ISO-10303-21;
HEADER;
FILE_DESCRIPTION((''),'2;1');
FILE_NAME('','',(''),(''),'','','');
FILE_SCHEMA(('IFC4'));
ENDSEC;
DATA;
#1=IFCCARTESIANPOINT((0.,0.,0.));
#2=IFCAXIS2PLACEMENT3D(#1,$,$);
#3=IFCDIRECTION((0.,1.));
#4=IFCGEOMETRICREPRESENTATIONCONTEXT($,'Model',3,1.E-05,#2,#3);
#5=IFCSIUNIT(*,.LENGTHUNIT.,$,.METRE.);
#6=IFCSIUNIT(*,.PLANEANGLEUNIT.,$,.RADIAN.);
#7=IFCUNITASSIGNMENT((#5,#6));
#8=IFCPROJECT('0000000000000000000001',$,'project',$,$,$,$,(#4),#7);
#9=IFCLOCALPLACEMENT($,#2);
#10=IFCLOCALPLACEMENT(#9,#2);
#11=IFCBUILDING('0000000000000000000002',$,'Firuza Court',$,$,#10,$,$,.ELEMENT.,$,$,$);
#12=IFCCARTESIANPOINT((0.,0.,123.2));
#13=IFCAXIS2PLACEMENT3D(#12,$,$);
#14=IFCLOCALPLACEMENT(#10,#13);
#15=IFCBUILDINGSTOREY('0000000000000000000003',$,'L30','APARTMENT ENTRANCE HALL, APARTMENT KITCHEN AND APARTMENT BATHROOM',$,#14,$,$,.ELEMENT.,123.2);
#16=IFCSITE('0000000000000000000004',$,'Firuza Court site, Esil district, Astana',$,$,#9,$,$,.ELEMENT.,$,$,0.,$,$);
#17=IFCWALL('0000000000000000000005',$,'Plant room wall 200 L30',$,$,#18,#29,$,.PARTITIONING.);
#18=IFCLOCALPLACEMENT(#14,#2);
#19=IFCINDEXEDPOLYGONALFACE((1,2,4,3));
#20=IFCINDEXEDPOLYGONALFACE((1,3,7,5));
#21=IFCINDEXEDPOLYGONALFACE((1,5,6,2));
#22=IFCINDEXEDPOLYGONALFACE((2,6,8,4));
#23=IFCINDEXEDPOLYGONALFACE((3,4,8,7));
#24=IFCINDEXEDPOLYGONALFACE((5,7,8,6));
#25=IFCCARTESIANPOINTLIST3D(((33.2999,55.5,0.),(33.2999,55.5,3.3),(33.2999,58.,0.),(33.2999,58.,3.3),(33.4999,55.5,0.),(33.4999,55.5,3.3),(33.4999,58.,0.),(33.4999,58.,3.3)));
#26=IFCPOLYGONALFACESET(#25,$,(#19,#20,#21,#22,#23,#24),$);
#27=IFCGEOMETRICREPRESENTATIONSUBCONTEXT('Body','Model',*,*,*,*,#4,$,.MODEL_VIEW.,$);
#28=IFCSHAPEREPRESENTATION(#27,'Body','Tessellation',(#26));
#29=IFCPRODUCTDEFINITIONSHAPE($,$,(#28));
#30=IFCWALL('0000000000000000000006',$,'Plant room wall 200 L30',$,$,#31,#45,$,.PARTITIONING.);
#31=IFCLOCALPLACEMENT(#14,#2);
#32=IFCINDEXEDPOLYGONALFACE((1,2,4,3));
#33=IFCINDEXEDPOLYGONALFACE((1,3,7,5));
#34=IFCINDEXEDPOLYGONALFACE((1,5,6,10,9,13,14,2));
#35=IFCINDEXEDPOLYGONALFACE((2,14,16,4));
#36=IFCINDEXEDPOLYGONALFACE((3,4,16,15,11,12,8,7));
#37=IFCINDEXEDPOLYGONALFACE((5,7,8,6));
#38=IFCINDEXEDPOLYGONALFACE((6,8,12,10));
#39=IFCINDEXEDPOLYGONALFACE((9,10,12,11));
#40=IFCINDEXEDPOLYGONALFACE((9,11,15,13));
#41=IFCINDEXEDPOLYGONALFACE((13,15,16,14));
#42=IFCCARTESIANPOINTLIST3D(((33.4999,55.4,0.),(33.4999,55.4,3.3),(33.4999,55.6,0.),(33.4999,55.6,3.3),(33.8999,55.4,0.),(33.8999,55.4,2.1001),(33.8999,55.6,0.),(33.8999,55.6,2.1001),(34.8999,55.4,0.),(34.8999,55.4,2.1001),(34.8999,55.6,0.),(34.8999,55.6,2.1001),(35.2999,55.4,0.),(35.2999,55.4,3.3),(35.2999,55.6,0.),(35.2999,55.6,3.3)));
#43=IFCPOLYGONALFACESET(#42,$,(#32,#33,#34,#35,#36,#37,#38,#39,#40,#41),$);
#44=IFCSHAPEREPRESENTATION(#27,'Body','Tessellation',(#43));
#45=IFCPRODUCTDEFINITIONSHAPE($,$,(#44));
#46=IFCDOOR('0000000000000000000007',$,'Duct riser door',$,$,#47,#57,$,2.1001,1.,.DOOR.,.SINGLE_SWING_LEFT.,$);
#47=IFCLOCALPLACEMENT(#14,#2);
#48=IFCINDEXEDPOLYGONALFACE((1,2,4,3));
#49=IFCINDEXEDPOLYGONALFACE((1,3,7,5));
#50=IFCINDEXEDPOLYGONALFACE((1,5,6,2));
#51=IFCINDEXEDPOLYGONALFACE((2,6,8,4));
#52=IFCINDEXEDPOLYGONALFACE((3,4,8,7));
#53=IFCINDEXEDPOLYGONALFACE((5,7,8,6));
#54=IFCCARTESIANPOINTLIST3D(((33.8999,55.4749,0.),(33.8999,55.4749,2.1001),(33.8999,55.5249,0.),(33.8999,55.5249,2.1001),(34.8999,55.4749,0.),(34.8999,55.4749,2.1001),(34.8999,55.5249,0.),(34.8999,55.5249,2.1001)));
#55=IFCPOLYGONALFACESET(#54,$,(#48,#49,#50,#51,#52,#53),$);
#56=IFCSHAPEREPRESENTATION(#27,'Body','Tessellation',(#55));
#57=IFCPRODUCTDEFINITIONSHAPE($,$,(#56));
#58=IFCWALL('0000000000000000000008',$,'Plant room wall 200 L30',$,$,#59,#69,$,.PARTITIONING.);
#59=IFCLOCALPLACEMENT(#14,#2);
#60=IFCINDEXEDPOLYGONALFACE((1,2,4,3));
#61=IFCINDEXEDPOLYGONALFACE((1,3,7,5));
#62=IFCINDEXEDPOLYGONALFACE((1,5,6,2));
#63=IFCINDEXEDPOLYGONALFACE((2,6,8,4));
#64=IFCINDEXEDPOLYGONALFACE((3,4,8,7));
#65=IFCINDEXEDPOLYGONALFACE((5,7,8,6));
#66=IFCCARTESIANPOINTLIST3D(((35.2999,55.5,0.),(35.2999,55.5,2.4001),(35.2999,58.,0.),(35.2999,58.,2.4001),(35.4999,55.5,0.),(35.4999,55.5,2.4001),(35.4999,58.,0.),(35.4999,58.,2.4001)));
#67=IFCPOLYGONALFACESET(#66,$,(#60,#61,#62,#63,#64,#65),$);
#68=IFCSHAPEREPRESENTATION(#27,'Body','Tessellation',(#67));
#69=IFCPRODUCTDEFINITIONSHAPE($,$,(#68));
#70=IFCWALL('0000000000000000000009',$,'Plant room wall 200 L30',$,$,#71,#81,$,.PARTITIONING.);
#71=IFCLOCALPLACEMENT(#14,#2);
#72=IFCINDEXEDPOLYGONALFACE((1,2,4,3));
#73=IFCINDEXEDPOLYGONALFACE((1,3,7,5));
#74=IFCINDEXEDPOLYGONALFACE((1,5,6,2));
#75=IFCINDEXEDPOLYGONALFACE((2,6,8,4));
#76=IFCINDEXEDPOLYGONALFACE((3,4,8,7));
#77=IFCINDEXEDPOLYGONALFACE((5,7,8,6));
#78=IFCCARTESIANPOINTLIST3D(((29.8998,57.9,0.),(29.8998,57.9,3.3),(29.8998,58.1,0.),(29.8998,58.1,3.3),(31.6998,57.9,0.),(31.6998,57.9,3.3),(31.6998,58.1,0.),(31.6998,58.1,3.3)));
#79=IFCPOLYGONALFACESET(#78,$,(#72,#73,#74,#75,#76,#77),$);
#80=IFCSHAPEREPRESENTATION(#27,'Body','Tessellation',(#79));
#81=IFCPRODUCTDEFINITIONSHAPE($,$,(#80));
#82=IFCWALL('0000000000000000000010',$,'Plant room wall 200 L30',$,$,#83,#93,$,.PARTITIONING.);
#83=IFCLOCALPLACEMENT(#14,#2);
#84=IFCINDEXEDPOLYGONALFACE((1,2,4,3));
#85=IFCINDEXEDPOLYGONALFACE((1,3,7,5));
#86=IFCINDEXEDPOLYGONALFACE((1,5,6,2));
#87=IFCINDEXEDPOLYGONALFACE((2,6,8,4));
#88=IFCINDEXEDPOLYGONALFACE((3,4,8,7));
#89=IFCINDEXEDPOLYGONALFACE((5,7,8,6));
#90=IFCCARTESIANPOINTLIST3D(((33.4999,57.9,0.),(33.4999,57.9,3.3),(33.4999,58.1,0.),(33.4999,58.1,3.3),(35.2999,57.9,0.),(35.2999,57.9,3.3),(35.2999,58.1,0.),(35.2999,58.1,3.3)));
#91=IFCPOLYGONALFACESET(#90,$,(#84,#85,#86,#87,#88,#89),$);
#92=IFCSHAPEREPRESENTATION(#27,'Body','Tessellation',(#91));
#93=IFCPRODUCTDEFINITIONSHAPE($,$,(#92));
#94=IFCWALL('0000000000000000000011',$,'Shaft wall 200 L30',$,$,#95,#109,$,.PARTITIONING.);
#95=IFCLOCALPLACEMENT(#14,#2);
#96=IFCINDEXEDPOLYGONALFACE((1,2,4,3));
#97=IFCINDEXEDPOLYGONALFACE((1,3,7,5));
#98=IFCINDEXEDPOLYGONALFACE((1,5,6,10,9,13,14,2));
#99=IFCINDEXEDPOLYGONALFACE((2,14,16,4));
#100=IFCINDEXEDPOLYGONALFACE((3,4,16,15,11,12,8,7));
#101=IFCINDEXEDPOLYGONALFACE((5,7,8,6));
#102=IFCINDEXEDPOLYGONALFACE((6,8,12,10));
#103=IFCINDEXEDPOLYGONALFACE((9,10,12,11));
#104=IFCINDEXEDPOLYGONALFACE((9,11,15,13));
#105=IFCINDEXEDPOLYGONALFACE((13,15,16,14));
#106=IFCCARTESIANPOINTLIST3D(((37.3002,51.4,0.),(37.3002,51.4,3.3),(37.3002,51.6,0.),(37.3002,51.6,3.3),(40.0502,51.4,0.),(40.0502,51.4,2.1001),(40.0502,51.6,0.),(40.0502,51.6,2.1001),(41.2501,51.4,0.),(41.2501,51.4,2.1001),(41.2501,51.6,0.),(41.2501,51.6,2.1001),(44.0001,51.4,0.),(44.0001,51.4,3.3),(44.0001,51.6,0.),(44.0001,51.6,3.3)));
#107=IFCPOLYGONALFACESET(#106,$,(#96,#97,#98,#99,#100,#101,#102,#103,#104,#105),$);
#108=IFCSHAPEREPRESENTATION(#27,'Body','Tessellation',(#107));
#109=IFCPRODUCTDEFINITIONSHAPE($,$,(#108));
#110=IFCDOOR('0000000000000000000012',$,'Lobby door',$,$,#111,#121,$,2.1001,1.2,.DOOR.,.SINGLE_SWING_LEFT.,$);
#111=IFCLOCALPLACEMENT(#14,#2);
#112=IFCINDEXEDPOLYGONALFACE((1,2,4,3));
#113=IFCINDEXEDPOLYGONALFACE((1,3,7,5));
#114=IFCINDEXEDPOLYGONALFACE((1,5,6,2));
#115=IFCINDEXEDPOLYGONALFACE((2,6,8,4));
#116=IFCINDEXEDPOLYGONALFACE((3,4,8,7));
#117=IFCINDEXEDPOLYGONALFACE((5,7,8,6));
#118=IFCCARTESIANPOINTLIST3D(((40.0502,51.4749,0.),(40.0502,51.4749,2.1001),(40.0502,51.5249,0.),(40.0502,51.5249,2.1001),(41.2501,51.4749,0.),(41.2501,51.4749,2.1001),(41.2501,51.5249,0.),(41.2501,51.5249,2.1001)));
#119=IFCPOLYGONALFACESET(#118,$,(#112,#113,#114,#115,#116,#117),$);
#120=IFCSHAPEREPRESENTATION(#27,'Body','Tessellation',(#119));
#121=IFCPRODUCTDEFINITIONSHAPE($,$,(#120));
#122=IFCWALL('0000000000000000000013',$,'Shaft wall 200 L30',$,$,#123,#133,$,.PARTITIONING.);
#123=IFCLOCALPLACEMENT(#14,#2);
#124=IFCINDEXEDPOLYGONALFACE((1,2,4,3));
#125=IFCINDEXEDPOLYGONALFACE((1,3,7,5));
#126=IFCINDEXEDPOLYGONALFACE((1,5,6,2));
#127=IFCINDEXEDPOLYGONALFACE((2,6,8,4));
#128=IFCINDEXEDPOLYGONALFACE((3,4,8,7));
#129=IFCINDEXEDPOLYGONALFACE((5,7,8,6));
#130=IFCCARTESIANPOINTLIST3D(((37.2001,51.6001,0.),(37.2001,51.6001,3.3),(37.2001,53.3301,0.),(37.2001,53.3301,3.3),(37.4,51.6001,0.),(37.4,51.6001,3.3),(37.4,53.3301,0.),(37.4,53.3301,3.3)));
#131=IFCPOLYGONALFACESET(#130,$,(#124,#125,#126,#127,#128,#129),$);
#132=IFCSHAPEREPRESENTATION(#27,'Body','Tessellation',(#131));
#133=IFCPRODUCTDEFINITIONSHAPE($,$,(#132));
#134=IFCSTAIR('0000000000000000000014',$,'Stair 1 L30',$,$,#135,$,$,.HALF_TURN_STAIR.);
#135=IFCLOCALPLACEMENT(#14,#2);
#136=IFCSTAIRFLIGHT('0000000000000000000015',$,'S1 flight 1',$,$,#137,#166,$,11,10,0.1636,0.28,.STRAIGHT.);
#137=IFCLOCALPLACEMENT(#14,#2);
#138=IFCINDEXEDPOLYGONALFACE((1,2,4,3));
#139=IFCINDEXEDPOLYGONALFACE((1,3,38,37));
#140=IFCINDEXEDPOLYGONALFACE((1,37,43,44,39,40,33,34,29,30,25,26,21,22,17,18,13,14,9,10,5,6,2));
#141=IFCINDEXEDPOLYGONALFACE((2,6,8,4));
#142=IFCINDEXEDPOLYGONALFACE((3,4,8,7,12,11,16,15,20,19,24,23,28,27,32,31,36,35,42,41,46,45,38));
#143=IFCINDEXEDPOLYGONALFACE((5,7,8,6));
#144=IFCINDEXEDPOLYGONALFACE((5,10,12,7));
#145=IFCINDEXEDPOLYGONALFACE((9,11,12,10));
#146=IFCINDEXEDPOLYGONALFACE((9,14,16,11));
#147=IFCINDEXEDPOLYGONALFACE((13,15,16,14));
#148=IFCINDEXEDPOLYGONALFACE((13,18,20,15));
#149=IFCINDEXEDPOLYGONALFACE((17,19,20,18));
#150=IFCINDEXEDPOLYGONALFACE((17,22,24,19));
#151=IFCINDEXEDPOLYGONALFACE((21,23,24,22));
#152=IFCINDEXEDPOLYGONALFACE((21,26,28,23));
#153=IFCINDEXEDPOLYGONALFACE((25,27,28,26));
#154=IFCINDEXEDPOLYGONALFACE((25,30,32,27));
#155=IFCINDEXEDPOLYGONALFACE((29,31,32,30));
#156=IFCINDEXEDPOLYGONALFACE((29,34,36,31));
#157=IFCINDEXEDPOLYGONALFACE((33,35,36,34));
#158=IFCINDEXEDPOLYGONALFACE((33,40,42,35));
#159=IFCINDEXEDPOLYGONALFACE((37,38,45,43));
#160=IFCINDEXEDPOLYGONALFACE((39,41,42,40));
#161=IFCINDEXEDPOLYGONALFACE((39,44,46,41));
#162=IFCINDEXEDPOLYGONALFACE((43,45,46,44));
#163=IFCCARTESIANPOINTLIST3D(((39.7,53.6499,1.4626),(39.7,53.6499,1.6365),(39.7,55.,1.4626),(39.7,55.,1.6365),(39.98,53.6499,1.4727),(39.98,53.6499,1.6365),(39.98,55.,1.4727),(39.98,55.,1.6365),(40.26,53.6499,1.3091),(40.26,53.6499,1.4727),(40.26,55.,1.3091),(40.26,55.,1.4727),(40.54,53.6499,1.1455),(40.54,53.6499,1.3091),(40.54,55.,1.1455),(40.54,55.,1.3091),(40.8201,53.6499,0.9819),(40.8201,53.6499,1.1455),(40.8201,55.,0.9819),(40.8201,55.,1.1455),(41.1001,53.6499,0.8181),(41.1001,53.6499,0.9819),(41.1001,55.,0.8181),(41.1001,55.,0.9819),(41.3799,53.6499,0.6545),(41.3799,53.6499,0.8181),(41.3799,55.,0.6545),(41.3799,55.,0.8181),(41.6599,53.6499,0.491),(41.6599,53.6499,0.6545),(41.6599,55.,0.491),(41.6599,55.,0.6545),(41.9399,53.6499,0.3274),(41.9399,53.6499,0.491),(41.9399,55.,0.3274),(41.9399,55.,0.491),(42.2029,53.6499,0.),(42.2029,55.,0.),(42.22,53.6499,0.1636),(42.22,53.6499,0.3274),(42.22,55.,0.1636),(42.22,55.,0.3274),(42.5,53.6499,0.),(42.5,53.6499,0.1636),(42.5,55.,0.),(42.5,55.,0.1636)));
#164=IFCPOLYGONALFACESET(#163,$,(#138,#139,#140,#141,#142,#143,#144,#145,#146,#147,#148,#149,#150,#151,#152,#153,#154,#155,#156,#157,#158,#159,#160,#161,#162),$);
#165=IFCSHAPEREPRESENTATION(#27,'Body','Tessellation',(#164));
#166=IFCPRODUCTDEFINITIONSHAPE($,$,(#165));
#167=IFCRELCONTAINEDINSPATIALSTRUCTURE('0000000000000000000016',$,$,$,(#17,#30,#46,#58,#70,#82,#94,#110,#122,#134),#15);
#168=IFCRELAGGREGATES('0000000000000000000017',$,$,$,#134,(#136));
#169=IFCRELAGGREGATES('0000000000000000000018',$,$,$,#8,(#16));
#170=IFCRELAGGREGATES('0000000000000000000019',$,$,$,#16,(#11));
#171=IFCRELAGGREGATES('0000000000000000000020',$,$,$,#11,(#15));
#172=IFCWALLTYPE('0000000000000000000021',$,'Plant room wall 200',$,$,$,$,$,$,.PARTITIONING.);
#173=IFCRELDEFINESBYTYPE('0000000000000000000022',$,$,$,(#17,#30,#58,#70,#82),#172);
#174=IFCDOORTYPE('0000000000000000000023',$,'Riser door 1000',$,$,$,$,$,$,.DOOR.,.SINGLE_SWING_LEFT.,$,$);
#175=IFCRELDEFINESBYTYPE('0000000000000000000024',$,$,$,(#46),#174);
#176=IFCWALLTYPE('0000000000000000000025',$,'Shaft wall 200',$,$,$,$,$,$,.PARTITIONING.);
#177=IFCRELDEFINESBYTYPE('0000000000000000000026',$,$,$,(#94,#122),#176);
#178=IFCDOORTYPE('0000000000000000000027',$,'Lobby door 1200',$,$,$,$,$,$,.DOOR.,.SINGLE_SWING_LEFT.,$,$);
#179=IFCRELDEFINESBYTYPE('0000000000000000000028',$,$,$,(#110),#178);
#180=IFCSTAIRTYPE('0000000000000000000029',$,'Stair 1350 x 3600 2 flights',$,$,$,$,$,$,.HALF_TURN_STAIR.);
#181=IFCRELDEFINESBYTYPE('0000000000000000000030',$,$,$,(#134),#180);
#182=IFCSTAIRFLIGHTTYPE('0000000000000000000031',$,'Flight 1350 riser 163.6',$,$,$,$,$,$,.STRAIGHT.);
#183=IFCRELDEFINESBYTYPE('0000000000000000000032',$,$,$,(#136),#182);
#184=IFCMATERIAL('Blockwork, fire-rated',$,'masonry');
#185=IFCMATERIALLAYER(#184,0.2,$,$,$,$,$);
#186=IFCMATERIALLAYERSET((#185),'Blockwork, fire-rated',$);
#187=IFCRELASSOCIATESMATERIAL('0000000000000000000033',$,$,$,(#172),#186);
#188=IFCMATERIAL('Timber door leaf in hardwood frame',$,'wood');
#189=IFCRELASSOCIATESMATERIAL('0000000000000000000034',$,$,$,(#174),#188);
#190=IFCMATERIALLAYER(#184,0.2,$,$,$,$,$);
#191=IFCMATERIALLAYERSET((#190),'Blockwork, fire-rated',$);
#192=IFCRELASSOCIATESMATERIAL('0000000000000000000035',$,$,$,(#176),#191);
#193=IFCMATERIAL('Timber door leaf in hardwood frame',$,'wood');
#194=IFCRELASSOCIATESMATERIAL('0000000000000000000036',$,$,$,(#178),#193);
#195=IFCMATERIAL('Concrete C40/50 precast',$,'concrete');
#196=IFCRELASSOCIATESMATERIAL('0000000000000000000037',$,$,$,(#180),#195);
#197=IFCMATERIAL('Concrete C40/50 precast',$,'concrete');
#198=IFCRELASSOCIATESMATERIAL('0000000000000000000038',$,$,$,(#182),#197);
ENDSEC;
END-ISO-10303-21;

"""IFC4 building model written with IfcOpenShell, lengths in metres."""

from ifc_helpers import new_model, si_unit, direction, frame, frame_2d, origin, place, context, subcontext, project, spatial, polyline, rectangle, outline, extrude, material, layer, layer_set, type_object, element, fill, aggregate, save


model = new_model("IFC4")

# Units and contexts
model_context = context("Model", 3, precision=1e-05, world=origin(), true_north=direction((0.0, 1.0)))
body_context = subcontext(model_context, "Body", "Model", "MODEL_VIEW")
ifc_project = project(units=[si_unit("LENGTHUNIT", "METRE"), si_unit("PLANEANGLEUNIT", "RADIAN")], contexts=[model_context])

# Site, building, storey
site_placement = place(None, origin())
site = spatial("IfcSite", under=ifc_project, at=site_placement, Name="Firuza Court site, Esil district, Astana", CompositionType="ELEMENT", RefElevation=0.0)
building_placement = place(site_placement, origin())
building = spatial("IfcBuilding", under=site, at=building_placement, Name="Firuza Court", CompositionType="ELEMENT")
storey_placement = place(building_placement, frame((0.0, 0.0, 123.2)))
storey = spatial("IfcBuildingStorey", under=building, at=storey_placement, Name="L30", Description="APARTMENT ENTRANCE HALL, APARTMENT KITCHEN AND APARTMENT BATHROOM", CompositionType="ELEMENT", Elevation=123.2)

# Wall
ifc_material_1 = material(Name="Blockwork, fire-rated", Category="masonry")
ifc_layer_1 = layer(ifc_material_1, 0.2)
ifc_layer_set_1 = layer_set([ifc_layer_1], Name="Blockwork, fire-rated")
wall_type_1 = type_object("IfcWallType", Name="Plant room wall 200", PredefinedType="PARTITIONING", material=ifc_layer_set_1)
for number, where, z_axis, x_axis, name in (
    (1, (33.3999, 55.5, 0.0), (0.0, 0.0, 1.0), (0.0, 1.0, 0.0), "Plant room wall 200 L30"),
):
    element("IfcWall", number, at=place(storey_placement, frame(where, z_axis=z_axis, x_axis=x_axis)), inside=storey, type_object=wall_type_1, Name=name, PredefinedType="PARTITIONING", context=body_context, shape_type="SweptSolid", body=[
        extrude(rectangle(XDim=2.5, YDim=0.2, at=frame_2d((1.25, 0.0))), origin(), (0.0, 0.0, 1.0), 3.3),
    ])

# Wall, opening, door
wall_1_placement = place(storey_placement, frame((33.5, 55.5, 0.0), z_axis=(0.0, 0.0, 1.0), x_axis=(1.0, 0.0, 0.0)))
wall_1 = element("IfcWall", 2, at=wall_1_placement, inside=storey, type_object=wall_type_1, Name="Plant room wall 200 L30", PredefinedType="PARTITIONING", context=body_context, shape_type="SweptSolid", body=[
    extrude(rectangle(XDim=1.8, YDim=0.2, at=frame_2d((0.8999, 0.0))), origin(), (0.0, 0.0, 1.0), 3.3),
])
opening_1_placement = place(wall_1_placement, frame((0.3999, 0.0, 0.0)))
opening_1 = element("IfcOpeningElement", 3, at=opening_1_placement, cuts=wall_1, PredefinedType="OPENING", context=body_context, shape_type="SweptSolid", body=[
    extrude(rectangle(XDim=1.0, YDim=2.1001, at=frame_2d((0.5, 1.05))), frame((0.0, 0.1118, 0.0), z_axis=(0.0, -1.0, 0.0), x_axis=(1.0, 0.0, 0.0)), (0.0, 0.0, 1.0), 0.2239),
])
ifc_material_2 = material(Name="Timber door leaf in hardwood frame", Category="wood")
door_type_1 = type_object("IfcDoorType", Name="Riser door 1000", OperationType="SINGLE_SWING_LEFT", PredefinedType="DOOR", material=ifc_material_2)
door_1_placement = place(opening_1_placement, origin())
door_1 = element("IfcDoor", 4, at=door_1_placement, inside=storey, type_object=door_type_1, Name="Duct riser door", OperationType="SINGLE_SWING_LEFT", OverallHeight=2.1001, OverallWidth=1.0, PredefinedType="DOOR", context=body_context, shape_type="SweptSolid", body=[
    extrude(rectangle(XDim=1.0, YDim=2.1001, at=frame_2d((0.5, 1.05))), frame((0.0, 0.0249, 0.0), z_axis=(0.0, -1.0, 0.0), x_axis=(1.0, 0.0, 0.0)), (0.0, 0.0, 1.0), 0.05),
])
fill(opening_1, door_1)

# Walls
wall_2_placement = place(storey_placement, frame((35.3999, 55.5, 0.0), z_axis=(0.0, 0.0, 1.0), x_axis=(0.0, 1.0, 0.0)))
element("IfcWall", 5, at=wall_2_placement, inside=storey, type_object=wall_type_1, Name="Plant room wall 200 L30", PredefinedType="PARTITIONING", context=body_context, shape_type="SweptSolid", body=[
    extrude(rectangle(XDim=2.5, YDim=0.2, at=frame_2d((1.25, 0.0))), origin(), (0.0, 0.0, 1.0), 2.4001),
])
for number, where, z_axis, x_axis, name in (
    (6, (29.8999, 58.0, 0.0), (0.0, 0.0, 1.0), (1.0, 0.0, 0.0), "Plant room wall 200 L30"),
    (7, (33.5, 58.0, 0.0), (0.0, 0.0, 1.0), (1.0, 0.0, 0.0), "Plant room wall 200 L30"),
):
    element("IfcWall", number, at=place(storey_placement, frame(where, z_axis=z_axis, x_axis=x_axis)), inside=storey, type_object=wall_type_1, Name=name, PredefinedType="PARTITIONING", context=body_context, shape_type="SweptSolid", body=[
        extrude(rectangle(XDim=1.8, YDim=0.2, at=frame_2d((0.8999, 0.0))), origin(), (0.0, 0.0, 1.0), 3.3),
    ])

# Wall, opening, door
ifc_layer_2 = layer(ifc_material_1, 0.2)
ifc_layer_set_2 = layer_set([ifc_layer_2], Name="Blockwork, fire-rated")
wall_type_2 = type_object("IfcWallType", Name="Shaft wall 200", PredefinedType="PARTITIONING", material=ifc_layer_set_2)
wall_3_placement = place(storey_placement, frame((37.3, 51.5, 0.0), z_axis=(0.0, 0.0, 1.0), x_axis=(1.0, 0.0, 0.0)))
wall_3 = element("IfcWall", 8, at=wall_3_placement, inside=storey, type_object=wall_type_2, Name="Shaft wall 200 L30", PredefinedType="PARTITIONING", context=body_context, shape_type="SweptSolid", body=[
    extrude(rectangle(XDim=6.7, YDim=0.2, at=frame_2d((3.3501, 0.0))), origin(), (0.0, 0.0, 1.0), 3.3),
])
opening_2_placement = place(wall_3_placement, frame((2.75, 0.0, 0.0)))
opening_2 = element("IfcOpeningElement", 9, at=opening_2_placement, cuts=wall_3, PredefinedType="OPENING", context=body_context, shape_type="SweptSolid", body=[
    extrude(rectangle(XDim=1.2, YDim=2.1001, at=frame_2d((0.6001, 1.05))), frame((0.0, 0.1118, 0.0), z_axis=(0.0, -1.0, 0.0), x_axis=(1.0, 0.0, 0.0)), (0.0, 0.0, 1.0), 0.2239),
])
ifc_material_3 = material(Name="Timber door leaf in hardwood frame", Category="wood")
door_type_2 = type_object("IfcDoorType", Name="Lobby door 1200", OperationType="SINGLE_SWING_LEFT", PredefinedType="DOOR", material=ifc_material_3)
door_2_placement = place(opening_2_placement, origin())
door_2 = element("IfcDoor", 10, at=door_2_placement, inside=storey, type_object=door_type_2, Name="Lobby door", OperationType="SINGLE_SWING_LEFT", OverallHeight=2.1001, OverallWidth=1.2, PredefinedType="DOOR", context=body_context, shape_type="SweptSolid", body=[
    extrude(rectangle(XDim=1.2, YDim=2.1001, at=frame_2d((0.6001, 1.05))), frame((0.0, 0.0249, 0.0), z_axis=(0.0, -1.0, 0.0), x_axis=(1.0, 0.0, 0.0)), (0.0, 0.0, 1.0), 0.05),
])
fill(opening_2, door_2)

# Wall
wall_4_placement = place(storey_placement, frame((37.3, 51.6001, 0.0), z_axis=(0.0, 0.0, 1.0), x_axis=(0.0, 1.0, 0.0)))
element("IfcWall", 11, at=wall_4_placement, inside=storey, type_object=wall_type_2, Name="Shaft wall 200 L30", PredefinedType="PARTITIONING", context=body_context, shape_type="SweptSolid", body=[
    extrude(rectangle(XDim=1.73, YDim=0.2, at=frame_2d((0.865, 0.0))), origin(), (0.0, 0.0, 1.0), 3.3),
])

# Stair, stair flight
ifc_material_4 = material(Name="Concrete C40/50 precast", Category="concrete")
stair_type = type_object("IfcStairType", Name="Stair 1350 x 3600 2 flights", PredefinedType="HALF_TURN_STAIR", material=ifc_material_4)
stair_placement = place(storey_placement, origin())
stair = element("IfcStair", 12, at=stair_placement, inside=storey, type_object=stair_type, Name="Stair 1 L30", PredefinedType="HALF_TURN_STAIR")
ifc_material_5 = material(Name="Concrete C40/50 precast", Category="concrete")
stair_flight_type = type_object("IfcStairFlightType", Name="Flight 1350 riser 163.6", PredefinedType="STRAIGHT", material=ifc_material_5)
stair_flight_1_placement = place(storey_placement, frame((42.5, 54.325, 0.0), z_axis=(0.0, 0.0, 1.0), x_axis=(-1.0, 0.0, 0.0)))
stair_flight_1 = element("IfcStairFlight", 13, at=stair_flight_1_placement, type_object=stair_flight_type, Name="S1 flight 1", NumberOfRisers=11, NumberOfTreads=10, PredefinedType="STRAIGHT", RiserHeight=0.1636, TreadLength=0.28, context=body_context, shape_type="SweptSolid", body=[
    extrude(outline(polyline([(0.0, 0.0), (0.0, 0.1636), (0.28, 0.1636), (0.28, 0.3274), (0.5601, 0.3274), (0.5601, 0.491), (0.8401, 0.491), (0.8401, 0.6545), (1.1201, 0.6545), (1.1201, 0.8181), (1.3999, 0.8181), (1.3999, 0.9819), (1.6799, 0.9819), (1.6799, 1.1455), (1.96, 1.1455), (1.96, 1.3091), (2.24, 1.3091), (2.24, 1.4727), (2.52, 1.4727), (2.52, 1.6365), (2.8, 1.6365), (2.8, 1.8), (2.8, 1.4626), (0.2971, 0.0), (0.0, 0.0)])), frame((0.0, 0.675, 0.0), z_axis=(0.0, -1.0, 0.0), x_axis=(1.0, 0.0, 0.0)), (0.0, 0.0, 1.0), 1.3501),
])
aggregate(stair, [stair_flight_1])

save(model, "model.ifc")
